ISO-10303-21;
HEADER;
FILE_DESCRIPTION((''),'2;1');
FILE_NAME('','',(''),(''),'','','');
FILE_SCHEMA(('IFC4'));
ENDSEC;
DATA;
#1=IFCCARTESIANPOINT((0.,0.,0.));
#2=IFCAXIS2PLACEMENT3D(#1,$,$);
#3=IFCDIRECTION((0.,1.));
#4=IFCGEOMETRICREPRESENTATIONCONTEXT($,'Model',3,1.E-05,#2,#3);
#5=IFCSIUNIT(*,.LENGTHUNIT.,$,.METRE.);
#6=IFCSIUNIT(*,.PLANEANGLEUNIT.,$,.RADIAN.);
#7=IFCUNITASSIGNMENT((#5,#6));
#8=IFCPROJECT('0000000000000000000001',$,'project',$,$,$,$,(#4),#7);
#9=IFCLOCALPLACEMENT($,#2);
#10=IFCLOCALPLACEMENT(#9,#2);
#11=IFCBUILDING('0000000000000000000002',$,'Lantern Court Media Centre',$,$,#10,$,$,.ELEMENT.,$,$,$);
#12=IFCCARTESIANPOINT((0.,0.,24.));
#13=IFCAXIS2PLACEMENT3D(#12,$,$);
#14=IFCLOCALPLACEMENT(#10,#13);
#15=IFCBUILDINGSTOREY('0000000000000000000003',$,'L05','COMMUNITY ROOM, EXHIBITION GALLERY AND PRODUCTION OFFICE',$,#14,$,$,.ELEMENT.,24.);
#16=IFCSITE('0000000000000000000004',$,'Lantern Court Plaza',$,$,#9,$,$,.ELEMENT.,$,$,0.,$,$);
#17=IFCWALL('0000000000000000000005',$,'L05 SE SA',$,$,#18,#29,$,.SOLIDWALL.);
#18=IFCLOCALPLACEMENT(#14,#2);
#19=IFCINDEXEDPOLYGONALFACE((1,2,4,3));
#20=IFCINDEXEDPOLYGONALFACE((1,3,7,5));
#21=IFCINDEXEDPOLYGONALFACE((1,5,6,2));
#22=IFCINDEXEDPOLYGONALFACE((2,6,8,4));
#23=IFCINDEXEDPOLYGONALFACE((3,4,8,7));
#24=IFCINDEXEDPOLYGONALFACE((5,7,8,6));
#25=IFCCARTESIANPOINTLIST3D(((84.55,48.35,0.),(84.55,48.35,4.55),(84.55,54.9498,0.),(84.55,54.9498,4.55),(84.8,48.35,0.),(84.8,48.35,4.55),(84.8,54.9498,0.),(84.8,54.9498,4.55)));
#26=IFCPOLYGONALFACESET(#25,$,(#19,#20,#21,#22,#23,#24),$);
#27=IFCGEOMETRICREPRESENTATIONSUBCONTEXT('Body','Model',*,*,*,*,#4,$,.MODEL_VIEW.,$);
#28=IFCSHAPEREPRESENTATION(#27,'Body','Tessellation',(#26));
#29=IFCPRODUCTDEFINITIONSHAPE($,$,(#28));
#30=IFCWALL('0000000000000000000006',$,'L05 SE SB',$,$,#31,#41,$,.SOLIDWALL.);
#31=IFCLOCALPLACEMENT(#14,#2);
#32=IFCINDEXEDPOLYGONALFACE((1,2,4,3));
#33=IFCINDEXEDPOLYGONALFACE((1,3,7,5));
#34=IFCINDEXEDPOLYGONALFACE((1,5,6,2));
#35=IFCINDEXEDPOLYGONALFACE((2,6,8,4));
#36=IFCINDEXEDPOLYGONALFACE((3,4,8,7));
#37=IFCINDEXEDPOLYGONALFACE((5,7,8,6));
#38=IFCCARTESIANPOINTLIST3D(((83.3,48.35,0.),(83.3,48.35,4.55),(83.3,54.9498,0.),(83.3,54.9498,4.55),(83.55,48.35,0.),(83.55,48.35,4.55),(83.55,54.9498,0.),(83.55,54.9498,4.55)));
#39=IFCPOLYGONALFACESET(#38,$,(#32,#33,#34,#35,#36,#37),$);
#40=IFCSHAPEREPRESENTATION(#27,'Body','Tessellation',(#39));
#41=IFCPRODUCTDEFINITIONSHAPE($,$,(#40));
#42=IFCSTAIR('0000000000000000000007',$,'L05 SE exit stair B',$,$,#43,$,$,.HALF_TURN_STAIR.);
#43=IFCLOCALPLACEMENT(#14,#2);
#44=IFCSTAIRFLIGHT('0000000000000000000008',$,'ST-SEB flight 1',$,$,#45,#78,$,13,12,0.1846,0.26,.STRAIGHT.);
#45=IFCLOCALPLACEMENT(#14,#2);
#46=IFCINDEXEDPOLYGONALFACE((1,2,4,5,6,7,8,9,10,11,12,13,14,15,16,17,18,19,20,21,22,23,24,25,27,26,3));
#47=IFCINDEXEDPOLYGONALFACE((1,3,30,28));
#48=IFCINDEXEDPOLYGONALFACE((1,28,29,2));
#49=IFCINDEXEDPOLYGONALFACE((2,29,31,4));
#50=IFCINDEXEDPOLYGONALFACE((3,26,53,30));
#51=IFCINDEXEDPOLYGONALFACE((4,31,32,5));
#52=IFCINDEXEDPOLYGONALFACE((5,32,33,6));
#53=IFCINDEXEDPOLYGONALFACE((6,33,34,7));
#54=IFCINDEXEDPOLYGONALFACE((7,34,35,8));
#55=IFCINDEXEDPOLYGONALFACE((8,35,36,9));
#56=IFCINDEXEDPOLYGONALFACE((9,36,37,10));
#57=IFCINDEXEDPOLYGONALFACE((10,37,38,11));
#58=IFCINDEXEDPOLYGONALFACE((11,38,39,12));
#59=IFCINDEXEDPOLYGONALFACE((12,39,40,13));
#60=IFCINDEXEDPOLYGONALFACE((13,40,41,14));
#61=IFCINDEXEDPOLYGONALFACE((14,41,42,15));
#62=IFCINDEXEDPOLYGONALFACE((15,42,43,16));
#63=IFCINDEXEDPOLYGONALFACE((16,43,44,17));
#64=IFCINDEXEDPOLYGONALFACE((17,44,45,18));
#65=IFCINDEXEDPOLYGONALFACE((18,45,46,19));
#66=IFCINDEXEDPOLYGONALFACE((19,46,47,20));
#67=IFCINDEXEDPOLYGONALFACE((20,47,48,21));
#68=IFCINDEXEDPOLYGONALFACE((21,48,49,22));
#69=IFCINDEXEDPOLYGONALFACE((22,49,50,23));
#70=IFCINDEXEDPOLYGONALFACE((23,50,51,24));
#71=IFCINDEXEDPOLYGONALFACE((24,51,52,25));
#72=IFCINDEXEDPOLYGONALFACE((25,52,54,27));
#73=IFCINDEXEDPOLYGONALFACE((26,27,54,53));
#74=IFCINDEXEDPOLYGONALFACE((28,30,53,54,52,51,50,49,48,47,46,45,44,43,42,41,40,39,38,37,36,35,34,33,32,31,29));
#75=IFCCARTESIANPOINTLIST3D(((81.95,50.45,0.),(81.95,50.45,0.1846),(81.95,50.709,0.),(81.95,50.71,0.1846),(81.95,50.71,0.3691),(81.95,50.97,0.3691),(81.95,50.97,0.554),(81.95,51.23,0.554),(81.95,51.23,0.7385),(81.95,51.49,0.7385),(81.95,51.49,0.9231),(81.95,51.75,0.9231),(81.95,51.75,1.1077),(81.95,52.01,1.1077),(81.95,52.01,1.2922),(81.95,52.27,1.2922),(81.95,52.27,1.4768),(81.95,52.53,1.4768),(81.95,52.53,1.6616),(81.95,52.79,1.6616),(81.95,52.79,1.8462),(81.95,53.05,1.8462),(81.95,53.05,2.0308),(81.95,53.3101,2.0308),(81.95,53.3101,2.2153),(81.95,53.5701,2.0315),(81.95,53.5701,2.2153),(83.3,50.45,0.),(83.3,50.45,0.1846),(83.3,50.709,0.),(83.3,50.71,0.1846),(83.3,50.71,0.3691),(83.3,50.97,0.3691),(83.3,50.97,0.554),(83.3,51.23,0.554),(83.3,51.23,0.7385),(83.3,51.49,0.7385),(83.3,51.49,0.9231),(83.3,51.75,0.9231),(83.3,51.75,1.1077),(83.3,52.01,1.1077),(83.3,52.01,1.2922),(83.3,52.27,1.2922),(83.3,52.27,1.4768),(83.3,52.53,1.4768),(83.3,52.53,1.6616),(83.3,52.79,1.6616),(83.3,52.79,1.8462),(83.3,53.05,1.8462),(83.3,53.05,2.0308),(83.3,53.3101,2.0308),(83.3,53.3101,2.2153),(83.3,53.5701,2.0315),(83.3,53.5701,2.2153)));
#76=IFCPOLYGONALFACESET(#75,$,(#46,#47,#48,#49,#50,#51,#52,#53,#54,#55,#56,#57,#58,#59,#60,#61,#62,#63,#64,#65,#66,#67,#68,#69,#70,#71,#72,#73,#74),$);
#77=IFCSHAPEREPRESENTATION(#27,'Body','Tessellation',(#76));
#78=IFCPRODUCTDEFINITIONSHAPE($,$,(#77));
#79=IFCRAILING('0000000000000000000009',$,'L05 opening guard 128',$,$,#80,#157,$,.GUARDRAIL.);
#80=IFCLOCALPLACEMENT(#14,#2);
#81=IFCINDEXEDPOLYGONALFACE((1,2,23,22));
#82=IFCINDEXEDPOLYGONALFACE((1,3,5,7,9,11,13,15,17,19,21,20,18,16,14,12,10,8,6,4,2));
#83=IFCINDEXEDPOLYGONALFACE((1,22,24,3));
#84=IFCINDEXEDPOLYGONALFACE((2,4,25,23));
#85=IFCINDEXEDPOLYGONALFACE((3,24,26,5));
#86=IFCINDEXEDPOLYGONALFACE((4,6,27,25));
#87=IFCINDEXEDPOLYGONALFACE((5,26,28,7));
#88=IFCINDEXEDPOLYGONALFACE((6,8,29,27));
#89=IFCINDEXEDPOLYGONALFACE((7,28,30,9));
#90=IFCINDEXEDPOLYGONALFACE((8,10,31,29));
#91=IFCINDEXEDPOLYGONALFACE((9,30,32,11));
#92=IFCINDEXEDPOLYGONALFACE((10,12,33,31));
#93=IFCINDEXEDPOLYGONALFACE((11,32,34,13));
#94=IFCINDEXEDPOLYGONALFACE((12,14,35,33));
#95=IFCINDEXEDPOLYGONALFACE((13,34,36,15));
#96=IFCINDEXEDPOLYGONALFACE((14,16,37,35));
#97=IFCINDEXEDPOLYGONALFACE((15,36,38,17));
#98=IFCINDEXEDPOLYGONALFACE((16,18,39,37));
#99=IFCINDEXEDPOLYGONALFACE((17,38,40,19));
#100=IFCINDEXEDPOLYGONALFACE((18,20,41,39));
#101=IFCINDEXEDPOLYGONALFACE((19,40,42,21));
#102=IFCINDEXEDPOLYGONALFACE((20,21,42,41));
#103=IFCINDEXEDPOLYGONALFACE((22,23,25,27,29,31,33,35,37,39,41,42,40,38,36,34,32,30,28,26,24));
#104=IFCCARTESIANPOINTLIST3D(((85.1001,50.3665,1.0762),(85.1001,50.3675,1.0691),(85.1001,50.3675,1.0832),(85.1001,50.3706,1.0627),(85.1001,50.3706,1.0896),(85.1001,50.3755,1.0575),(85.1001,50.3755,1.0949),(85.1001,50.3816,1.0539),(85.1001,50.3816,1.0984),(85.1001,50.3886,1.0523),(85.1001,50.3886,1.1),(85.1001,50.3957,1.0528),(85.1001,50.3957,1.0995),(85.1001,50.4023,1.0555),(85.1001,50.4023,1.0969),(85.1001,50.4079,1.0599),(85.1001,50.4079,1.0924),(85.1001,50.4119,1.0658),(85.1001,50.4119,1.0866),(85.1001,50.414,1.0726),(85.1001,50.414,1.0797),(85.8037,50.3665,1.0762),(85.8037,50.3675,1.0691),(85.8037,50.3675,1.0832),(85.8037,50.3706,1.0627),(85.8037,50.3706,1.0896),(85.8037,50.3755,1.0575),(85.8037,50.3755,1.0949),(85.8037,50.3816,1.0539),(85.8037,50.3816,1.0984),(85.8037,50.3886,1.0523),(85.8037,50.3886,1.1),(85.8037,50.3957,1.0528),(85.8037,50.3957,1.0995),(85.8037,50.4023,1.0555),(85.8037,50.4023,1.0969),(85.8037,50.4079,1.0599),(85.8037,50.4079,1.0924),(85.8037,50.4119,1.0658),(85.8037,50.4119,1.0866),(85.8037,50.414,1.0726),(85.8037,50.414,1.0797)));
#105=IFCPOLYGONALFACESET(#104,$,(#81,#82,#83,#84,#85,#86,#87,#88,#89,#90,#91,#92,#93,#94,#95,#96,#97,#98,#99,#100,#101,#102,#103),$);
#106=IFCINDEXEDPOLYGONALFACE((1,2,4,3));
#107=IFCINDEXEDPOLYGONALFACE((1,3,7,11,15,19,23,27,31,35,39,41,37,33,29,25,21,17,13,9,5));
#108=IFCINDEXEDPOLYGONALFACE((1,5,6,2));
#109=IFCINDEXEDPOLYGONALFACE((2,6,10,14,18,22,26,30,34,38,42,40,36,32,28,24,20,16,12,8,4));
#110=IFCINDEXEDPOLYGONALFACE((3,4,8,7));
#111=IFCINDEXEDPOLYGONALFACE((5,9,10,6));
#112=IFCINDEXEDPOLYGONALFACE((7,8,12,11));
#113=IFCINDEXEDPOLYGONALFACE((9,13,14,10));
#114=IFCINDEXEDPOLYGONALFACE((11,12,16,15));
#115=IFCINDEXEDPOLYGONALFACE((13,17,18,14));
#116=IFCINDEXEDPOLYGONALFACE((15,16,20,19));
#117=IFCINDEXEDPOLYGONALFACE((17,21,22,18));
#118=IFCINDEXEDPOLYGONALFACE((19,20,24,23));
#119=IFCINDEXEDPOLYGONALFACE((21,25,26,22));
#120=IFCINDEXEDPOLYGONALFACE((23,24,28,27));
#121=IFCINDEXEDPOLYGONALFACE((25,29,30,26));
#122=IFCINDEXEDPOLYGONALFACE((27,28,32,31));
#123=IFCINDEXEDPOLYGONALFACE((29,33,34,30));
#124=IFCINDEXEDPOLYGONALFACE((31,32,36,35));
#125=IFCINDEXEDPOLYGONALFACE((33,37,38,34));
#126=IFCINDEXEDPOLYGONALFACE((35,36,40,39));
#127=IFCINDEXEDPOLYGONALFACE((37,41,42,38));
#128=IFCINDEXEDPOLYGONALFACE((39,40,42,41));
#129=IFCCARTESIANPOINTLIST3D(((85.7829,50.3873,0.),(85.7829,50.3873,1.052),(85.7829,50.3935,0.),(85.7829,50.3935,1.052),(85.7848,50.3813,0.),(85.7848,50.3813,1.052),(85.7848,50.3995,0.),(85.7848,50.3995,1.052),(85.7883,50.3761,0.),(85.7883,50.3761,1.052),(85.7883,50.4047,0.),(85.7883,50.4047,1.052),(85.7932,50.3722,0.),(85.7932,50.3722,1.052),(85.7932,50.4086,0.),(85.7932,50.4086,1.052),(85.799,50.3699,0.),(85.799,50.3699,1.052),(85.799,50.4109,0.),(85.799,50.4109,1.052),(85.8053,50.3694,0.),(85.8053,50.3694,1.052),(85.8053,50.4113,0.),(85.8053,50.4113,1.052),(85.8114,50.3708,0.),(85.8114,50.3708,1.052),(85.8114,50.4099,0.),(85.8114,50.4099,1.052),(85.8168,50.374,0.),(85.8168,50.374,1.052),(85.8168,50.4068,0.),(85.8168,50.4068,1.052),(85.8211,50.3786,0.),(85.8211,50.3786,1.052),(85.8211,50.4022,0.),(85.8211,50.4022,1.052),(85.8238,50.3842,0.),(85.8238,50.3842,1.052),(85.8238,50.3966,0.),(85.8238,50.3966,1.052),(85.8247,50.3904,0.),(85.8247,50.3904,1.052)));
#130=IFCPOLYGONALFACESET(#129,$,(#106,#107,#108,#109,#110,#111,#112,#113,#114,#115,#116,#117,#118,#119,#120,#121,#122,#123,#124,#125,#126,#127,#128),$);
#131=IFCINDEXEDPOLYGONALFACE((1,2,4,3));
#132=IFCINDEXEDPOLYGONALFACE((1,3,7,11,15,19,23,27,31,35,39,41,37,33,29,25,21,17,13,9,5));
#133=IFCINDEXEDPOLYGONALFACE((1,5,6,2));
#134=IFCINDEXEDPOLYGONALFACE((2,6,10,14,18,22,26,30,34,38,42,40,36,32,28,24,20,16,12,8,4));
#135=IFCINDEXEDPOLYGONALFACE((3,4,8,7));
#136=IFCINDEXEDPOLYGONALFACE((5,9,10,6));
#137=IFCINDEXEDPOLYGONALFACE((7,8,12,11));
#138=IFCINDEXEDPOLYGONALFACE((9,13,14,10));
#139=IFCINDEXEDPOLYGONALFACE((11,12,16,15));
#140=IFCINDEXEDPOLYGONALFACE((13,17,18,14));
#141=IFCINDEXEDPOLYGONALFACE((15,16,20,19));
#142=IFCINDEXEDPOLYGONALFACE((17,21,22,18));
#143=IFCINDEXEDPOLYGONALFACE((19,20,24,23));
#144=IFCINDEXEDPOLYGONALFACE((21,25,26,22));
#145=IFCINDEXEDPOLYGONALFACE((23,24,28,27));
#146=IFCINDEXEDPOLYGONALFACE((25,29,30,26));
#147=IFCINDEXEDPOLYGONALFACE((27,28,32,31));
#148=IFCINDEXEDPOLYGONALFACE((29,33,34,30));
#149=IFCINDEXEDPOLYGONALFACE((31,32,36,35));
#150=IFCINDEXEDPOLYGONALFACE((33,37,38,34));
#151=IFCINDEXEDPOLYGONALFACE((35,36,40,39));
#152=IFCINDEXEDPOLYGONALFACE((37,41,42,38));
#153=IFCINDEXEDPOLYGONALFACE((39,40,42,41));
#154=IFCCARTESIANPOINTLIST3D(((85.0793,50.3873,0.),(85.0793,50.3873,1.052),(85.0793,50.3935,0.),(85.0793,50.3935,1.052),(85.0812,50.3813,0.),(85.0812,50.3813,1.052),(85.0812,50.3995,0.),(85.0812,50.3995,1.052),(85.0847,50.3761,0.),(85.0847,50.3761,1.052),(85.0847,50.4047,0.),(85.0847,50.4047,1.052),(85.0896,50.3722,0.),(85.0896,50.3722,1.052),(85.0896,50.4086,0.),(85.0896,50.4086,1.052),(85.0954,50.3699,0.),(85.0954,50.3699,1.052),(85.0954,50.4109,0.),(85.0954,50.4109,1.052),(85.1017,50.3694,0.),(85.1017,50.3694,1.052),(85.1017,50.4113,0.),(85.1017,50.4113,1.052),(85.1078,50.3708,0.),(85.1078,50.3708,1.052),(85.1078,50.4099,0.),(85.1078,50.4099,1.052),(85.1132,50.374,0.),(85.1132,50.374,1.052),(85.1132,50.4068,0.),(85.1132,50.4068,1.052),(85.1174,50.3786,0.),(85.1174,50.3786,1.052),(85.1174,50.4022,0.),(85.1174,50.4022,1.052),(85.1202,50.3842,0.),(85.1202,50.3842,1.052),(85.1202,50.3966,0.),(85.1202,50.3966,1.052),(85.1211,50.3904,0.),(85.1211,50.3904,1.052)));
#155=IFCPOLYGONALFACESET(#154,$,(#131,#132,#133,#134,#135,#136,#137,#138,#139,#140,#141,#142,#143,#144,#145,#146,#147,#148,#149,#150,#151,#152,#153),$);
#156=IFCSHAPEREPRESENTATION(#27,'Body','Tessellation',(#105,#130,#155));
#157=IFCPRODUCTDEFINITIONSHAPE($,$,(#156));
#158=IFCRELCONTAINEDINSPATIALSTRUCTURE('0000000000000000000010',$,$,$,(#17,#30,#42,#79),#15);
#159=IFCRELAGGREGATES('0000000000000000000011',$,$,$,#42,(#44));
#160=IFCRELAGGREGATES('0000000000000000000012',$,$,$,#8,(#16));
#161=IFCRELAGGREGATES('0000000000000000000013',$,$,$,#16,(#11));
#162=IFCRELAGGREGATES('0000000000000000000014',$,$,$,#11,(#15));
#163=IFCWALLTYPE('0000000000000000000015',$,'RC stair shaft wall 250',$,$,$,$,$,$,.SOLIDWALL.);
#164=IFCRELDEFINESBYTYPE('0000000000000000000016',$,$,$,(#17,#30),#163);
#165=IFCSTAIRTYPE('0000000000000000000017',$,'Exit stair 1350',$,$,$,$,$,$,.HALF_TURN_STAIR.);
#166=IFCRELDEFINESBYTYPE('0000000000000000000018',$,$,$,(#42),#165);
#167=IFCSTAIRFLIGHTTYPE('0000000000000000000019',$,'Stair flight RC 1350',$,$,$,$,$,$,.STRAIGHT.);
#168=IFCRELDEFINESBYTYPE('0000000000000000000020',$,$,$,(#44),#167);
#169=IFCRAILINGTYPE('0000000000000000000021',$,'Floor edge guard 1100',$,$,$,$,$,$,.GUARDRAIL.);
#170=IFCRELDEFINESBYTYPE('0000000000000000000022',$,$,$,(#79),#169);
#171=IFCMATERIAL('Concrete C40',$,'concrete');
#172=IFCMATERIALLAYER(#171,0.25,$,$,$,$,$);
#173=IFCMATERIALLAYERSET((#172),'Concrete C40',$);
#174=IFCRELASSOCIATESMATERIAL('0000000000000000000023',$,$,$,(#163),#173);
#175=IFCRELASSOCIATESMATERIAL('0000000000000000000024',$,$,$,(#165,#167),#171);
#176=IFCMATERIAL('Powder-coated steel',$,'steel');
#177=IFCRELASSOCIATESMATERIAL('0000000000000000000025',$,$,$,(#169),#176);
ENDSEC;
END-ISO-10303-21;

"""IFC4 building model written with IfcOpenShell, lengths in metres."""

from ifc_helpers import new_model, si_unit, direction, frame, frame_2d, origin, origin_2d, place, context, subcontext, project, spatial, polyline, rectangle, circle, outline, extrude, material, layer, layer_set, type_object, element, aggregate, save


model = new_model("IFC4")

# Units and contexts
model_context = context("Model", 3, precision=1e-05, world=origin(), true_north=direction((0.0, 1.0)))
body_context = subcontext(model_context, "Body", "Model", "MODEL_VIEW")
ifc_project = project(units=[si_unit("LENGTHUNIT", "METRE"), si_unit("PLANEANGLEUNIT", "RADIAN")], contexts=[model_context])

# Site, building, storey
site_placement = place(None, origin())
site = spatial("IfcSite", under=ifc_project, at=site_placement, Name="Lantern Court Plaza", CompositionType="ELEMENT", RefElevation=0.0)
building_placement = place(site_placement, origin())
building = spatial("IfcBuilding", under=site, at=building_placement, Name="Lantern Court Media Centre", CompositionType="ELEMENT")
storey_placement = place(building_placement, frame((0.0, 0.0, 24.0)))
storey = spatial("IfcBuildingStorey", under=building, at=storey_placement, Name="L05", Description="COMMUNITY ROOM, EXHIBITION GALLERY AND PRODUCTION OFFICE", CompositionType="ELEMENT", Elevation=24.0)

# Walls
ifc_material_1 = material(Name="Concrete C40", Category="concrete")
ifc_layer_1 = layer(ifc_material_1, 0.25)
ifc_layer_set_1 = layer_set([ifc_layer_1], Name="Concrete C40")
wall_type = type_object("IfcWallType", Name="RC stair shaft wall 250", PredefinedType="SOLIDWALL", material=ifc_layer_set_1)
for number, where, z_axis, x_axis, name in (
    (1, (84.675, 48.3501, 0.0), (0.0, 0.0, 1.0), (0.0, 1.0, 0.0), "L05 SE SA"),
    (2, (83.425, 48.3501, 0.0), (0.0, 0.0, 1.0), (0.0, 1.0, 0.0), "L05 SE SB"),
):
    element("IfcWall", number, at=place(storey_placement, frame(where, z_axis=z_axis, x_axis=x_axis)), inside=storey, type_object=wall_type, Name=name, PredefinedType="SOLIDWALL", context=body_context, shape_type="SweptSolid", body=[
        extrude(rectangle(XDim=6.5999, YDim=0.25, at=frame_2d((3.2998, 0.0))), origin(), (0.0, 0.0, 1.0), 4.55),
    ])

# Stair, stair flight
stair_type = type_object("IfcStairType", Name="Exit stair 1350", PredefinedType="HALF_TURN_STAIR", material=ifc_material_1)
stair_placement = place(storey_placement, origin())
stair = element("IfcStair", 3, at=stair_placement, inside=storey, type_object=stair_type, Name="L05 SE exit stair B", PredefinedType="HALF_TURN_STAIR")
stair_flight_type = type_object("IfcStairFlightType", Name="Stair flight RC 1350", PredefinedType="STRAIGHT", material=ifc_material_1)
stair_flight_placement = place(storey_placement, frame((82.625, 50.45, 0.0), z_axis=(0.0, 0.0, 1.0), x_axis=(0.0, 1.0, 0.0)))
stair_flight = element("IfcStairFlight", 4, at=stair_flight_placement, type_object=stair_flight_type, Name="ST-SEB flight 1", NumberOfRisers=13, NumberOfTreads=12, PredefinedType="STRAIGHT", RiserHeight=0.1846, TreadLength=0.26, context=body_context, shape_type="SweptSolid", body=[
    extrude(outline(polyline([(0.0, 0.0), (0.0, 0.1846), (0.26, 0.1846), (0.26, 0.3691), (0.52, 0.3691), (0.52, 0.554), (0.78, 0.554), (0.78, 0.7385), (1.04, 0.7385), (1.04, 0.9231), (1.3, 0.9231), (1.3, 1.1077), (1.5601, 1.1077), (1.5601, 1.2922), (1.8201, 1.2922), (1.8201, 1.4768), (2.0801, 1.4768), (2.0801, 1.6616), (2.3401, 1.6616), (2.3401, 1.8462), (2.6001, 1.8462), (2.6001, 2.0308), (2.8601, 2.0308), (2.8601, 2.2153), (3.1201, 2.2153), (3.1201, 2.3999), (3.1201, 2.0315), (0.259, 0.0), (0.0, 0.0)])), frame((0.0, 0.675, 0.0), z_axis=(0.0, -1.0, 0.0), x_axis=(1.0, 0.0, 0.0)), (0.0, 0.0, 1.0), 1.3501),
])
aggregate(stair, [stair_flight])

# Railing
ifc_material_2 = material(Name="Powder-coated steel", Category="steel")
railing_type_1 = type_object("IfcRailingType", Name="Floor edge guard 1100", PredefinedType="GUARDRAIL", material=ifc_material_2)
for number, where, name in (
    (5, (85.8037, 50.3904, 0.0), "L05 opening guard 128"),
):
    element("IfcRailing", number, at=place(storey_placement, frame(where)), inside=storey, type_object=railing_type_1, Name=name, PredefinedType="GUARDRAIL", context=body_context, shape_type="SweptSolid", body=[
        extrude(circle(Radius=0.0239, at=origin_2d()), frame((0.0, 0.0, 1.0762), z_axis=(-1.0, 0.0, 0.0), x_axis=(0.0, -1.0, 0.0)), (0.0, 0.0, 1.0), 0.7036),
        extrude(circle(Radius=0.021, at=origin_2d()), origin(), (0.0, 0.0, 1.0), 1.052),
        extrude(circle(Radius=0.021, at=origin_2d()), frame((-0.7036, 0.0, 0.0)), (0.0, 0.0, 1.0), 1.052),
    ])

save(model, "model.ifc")
